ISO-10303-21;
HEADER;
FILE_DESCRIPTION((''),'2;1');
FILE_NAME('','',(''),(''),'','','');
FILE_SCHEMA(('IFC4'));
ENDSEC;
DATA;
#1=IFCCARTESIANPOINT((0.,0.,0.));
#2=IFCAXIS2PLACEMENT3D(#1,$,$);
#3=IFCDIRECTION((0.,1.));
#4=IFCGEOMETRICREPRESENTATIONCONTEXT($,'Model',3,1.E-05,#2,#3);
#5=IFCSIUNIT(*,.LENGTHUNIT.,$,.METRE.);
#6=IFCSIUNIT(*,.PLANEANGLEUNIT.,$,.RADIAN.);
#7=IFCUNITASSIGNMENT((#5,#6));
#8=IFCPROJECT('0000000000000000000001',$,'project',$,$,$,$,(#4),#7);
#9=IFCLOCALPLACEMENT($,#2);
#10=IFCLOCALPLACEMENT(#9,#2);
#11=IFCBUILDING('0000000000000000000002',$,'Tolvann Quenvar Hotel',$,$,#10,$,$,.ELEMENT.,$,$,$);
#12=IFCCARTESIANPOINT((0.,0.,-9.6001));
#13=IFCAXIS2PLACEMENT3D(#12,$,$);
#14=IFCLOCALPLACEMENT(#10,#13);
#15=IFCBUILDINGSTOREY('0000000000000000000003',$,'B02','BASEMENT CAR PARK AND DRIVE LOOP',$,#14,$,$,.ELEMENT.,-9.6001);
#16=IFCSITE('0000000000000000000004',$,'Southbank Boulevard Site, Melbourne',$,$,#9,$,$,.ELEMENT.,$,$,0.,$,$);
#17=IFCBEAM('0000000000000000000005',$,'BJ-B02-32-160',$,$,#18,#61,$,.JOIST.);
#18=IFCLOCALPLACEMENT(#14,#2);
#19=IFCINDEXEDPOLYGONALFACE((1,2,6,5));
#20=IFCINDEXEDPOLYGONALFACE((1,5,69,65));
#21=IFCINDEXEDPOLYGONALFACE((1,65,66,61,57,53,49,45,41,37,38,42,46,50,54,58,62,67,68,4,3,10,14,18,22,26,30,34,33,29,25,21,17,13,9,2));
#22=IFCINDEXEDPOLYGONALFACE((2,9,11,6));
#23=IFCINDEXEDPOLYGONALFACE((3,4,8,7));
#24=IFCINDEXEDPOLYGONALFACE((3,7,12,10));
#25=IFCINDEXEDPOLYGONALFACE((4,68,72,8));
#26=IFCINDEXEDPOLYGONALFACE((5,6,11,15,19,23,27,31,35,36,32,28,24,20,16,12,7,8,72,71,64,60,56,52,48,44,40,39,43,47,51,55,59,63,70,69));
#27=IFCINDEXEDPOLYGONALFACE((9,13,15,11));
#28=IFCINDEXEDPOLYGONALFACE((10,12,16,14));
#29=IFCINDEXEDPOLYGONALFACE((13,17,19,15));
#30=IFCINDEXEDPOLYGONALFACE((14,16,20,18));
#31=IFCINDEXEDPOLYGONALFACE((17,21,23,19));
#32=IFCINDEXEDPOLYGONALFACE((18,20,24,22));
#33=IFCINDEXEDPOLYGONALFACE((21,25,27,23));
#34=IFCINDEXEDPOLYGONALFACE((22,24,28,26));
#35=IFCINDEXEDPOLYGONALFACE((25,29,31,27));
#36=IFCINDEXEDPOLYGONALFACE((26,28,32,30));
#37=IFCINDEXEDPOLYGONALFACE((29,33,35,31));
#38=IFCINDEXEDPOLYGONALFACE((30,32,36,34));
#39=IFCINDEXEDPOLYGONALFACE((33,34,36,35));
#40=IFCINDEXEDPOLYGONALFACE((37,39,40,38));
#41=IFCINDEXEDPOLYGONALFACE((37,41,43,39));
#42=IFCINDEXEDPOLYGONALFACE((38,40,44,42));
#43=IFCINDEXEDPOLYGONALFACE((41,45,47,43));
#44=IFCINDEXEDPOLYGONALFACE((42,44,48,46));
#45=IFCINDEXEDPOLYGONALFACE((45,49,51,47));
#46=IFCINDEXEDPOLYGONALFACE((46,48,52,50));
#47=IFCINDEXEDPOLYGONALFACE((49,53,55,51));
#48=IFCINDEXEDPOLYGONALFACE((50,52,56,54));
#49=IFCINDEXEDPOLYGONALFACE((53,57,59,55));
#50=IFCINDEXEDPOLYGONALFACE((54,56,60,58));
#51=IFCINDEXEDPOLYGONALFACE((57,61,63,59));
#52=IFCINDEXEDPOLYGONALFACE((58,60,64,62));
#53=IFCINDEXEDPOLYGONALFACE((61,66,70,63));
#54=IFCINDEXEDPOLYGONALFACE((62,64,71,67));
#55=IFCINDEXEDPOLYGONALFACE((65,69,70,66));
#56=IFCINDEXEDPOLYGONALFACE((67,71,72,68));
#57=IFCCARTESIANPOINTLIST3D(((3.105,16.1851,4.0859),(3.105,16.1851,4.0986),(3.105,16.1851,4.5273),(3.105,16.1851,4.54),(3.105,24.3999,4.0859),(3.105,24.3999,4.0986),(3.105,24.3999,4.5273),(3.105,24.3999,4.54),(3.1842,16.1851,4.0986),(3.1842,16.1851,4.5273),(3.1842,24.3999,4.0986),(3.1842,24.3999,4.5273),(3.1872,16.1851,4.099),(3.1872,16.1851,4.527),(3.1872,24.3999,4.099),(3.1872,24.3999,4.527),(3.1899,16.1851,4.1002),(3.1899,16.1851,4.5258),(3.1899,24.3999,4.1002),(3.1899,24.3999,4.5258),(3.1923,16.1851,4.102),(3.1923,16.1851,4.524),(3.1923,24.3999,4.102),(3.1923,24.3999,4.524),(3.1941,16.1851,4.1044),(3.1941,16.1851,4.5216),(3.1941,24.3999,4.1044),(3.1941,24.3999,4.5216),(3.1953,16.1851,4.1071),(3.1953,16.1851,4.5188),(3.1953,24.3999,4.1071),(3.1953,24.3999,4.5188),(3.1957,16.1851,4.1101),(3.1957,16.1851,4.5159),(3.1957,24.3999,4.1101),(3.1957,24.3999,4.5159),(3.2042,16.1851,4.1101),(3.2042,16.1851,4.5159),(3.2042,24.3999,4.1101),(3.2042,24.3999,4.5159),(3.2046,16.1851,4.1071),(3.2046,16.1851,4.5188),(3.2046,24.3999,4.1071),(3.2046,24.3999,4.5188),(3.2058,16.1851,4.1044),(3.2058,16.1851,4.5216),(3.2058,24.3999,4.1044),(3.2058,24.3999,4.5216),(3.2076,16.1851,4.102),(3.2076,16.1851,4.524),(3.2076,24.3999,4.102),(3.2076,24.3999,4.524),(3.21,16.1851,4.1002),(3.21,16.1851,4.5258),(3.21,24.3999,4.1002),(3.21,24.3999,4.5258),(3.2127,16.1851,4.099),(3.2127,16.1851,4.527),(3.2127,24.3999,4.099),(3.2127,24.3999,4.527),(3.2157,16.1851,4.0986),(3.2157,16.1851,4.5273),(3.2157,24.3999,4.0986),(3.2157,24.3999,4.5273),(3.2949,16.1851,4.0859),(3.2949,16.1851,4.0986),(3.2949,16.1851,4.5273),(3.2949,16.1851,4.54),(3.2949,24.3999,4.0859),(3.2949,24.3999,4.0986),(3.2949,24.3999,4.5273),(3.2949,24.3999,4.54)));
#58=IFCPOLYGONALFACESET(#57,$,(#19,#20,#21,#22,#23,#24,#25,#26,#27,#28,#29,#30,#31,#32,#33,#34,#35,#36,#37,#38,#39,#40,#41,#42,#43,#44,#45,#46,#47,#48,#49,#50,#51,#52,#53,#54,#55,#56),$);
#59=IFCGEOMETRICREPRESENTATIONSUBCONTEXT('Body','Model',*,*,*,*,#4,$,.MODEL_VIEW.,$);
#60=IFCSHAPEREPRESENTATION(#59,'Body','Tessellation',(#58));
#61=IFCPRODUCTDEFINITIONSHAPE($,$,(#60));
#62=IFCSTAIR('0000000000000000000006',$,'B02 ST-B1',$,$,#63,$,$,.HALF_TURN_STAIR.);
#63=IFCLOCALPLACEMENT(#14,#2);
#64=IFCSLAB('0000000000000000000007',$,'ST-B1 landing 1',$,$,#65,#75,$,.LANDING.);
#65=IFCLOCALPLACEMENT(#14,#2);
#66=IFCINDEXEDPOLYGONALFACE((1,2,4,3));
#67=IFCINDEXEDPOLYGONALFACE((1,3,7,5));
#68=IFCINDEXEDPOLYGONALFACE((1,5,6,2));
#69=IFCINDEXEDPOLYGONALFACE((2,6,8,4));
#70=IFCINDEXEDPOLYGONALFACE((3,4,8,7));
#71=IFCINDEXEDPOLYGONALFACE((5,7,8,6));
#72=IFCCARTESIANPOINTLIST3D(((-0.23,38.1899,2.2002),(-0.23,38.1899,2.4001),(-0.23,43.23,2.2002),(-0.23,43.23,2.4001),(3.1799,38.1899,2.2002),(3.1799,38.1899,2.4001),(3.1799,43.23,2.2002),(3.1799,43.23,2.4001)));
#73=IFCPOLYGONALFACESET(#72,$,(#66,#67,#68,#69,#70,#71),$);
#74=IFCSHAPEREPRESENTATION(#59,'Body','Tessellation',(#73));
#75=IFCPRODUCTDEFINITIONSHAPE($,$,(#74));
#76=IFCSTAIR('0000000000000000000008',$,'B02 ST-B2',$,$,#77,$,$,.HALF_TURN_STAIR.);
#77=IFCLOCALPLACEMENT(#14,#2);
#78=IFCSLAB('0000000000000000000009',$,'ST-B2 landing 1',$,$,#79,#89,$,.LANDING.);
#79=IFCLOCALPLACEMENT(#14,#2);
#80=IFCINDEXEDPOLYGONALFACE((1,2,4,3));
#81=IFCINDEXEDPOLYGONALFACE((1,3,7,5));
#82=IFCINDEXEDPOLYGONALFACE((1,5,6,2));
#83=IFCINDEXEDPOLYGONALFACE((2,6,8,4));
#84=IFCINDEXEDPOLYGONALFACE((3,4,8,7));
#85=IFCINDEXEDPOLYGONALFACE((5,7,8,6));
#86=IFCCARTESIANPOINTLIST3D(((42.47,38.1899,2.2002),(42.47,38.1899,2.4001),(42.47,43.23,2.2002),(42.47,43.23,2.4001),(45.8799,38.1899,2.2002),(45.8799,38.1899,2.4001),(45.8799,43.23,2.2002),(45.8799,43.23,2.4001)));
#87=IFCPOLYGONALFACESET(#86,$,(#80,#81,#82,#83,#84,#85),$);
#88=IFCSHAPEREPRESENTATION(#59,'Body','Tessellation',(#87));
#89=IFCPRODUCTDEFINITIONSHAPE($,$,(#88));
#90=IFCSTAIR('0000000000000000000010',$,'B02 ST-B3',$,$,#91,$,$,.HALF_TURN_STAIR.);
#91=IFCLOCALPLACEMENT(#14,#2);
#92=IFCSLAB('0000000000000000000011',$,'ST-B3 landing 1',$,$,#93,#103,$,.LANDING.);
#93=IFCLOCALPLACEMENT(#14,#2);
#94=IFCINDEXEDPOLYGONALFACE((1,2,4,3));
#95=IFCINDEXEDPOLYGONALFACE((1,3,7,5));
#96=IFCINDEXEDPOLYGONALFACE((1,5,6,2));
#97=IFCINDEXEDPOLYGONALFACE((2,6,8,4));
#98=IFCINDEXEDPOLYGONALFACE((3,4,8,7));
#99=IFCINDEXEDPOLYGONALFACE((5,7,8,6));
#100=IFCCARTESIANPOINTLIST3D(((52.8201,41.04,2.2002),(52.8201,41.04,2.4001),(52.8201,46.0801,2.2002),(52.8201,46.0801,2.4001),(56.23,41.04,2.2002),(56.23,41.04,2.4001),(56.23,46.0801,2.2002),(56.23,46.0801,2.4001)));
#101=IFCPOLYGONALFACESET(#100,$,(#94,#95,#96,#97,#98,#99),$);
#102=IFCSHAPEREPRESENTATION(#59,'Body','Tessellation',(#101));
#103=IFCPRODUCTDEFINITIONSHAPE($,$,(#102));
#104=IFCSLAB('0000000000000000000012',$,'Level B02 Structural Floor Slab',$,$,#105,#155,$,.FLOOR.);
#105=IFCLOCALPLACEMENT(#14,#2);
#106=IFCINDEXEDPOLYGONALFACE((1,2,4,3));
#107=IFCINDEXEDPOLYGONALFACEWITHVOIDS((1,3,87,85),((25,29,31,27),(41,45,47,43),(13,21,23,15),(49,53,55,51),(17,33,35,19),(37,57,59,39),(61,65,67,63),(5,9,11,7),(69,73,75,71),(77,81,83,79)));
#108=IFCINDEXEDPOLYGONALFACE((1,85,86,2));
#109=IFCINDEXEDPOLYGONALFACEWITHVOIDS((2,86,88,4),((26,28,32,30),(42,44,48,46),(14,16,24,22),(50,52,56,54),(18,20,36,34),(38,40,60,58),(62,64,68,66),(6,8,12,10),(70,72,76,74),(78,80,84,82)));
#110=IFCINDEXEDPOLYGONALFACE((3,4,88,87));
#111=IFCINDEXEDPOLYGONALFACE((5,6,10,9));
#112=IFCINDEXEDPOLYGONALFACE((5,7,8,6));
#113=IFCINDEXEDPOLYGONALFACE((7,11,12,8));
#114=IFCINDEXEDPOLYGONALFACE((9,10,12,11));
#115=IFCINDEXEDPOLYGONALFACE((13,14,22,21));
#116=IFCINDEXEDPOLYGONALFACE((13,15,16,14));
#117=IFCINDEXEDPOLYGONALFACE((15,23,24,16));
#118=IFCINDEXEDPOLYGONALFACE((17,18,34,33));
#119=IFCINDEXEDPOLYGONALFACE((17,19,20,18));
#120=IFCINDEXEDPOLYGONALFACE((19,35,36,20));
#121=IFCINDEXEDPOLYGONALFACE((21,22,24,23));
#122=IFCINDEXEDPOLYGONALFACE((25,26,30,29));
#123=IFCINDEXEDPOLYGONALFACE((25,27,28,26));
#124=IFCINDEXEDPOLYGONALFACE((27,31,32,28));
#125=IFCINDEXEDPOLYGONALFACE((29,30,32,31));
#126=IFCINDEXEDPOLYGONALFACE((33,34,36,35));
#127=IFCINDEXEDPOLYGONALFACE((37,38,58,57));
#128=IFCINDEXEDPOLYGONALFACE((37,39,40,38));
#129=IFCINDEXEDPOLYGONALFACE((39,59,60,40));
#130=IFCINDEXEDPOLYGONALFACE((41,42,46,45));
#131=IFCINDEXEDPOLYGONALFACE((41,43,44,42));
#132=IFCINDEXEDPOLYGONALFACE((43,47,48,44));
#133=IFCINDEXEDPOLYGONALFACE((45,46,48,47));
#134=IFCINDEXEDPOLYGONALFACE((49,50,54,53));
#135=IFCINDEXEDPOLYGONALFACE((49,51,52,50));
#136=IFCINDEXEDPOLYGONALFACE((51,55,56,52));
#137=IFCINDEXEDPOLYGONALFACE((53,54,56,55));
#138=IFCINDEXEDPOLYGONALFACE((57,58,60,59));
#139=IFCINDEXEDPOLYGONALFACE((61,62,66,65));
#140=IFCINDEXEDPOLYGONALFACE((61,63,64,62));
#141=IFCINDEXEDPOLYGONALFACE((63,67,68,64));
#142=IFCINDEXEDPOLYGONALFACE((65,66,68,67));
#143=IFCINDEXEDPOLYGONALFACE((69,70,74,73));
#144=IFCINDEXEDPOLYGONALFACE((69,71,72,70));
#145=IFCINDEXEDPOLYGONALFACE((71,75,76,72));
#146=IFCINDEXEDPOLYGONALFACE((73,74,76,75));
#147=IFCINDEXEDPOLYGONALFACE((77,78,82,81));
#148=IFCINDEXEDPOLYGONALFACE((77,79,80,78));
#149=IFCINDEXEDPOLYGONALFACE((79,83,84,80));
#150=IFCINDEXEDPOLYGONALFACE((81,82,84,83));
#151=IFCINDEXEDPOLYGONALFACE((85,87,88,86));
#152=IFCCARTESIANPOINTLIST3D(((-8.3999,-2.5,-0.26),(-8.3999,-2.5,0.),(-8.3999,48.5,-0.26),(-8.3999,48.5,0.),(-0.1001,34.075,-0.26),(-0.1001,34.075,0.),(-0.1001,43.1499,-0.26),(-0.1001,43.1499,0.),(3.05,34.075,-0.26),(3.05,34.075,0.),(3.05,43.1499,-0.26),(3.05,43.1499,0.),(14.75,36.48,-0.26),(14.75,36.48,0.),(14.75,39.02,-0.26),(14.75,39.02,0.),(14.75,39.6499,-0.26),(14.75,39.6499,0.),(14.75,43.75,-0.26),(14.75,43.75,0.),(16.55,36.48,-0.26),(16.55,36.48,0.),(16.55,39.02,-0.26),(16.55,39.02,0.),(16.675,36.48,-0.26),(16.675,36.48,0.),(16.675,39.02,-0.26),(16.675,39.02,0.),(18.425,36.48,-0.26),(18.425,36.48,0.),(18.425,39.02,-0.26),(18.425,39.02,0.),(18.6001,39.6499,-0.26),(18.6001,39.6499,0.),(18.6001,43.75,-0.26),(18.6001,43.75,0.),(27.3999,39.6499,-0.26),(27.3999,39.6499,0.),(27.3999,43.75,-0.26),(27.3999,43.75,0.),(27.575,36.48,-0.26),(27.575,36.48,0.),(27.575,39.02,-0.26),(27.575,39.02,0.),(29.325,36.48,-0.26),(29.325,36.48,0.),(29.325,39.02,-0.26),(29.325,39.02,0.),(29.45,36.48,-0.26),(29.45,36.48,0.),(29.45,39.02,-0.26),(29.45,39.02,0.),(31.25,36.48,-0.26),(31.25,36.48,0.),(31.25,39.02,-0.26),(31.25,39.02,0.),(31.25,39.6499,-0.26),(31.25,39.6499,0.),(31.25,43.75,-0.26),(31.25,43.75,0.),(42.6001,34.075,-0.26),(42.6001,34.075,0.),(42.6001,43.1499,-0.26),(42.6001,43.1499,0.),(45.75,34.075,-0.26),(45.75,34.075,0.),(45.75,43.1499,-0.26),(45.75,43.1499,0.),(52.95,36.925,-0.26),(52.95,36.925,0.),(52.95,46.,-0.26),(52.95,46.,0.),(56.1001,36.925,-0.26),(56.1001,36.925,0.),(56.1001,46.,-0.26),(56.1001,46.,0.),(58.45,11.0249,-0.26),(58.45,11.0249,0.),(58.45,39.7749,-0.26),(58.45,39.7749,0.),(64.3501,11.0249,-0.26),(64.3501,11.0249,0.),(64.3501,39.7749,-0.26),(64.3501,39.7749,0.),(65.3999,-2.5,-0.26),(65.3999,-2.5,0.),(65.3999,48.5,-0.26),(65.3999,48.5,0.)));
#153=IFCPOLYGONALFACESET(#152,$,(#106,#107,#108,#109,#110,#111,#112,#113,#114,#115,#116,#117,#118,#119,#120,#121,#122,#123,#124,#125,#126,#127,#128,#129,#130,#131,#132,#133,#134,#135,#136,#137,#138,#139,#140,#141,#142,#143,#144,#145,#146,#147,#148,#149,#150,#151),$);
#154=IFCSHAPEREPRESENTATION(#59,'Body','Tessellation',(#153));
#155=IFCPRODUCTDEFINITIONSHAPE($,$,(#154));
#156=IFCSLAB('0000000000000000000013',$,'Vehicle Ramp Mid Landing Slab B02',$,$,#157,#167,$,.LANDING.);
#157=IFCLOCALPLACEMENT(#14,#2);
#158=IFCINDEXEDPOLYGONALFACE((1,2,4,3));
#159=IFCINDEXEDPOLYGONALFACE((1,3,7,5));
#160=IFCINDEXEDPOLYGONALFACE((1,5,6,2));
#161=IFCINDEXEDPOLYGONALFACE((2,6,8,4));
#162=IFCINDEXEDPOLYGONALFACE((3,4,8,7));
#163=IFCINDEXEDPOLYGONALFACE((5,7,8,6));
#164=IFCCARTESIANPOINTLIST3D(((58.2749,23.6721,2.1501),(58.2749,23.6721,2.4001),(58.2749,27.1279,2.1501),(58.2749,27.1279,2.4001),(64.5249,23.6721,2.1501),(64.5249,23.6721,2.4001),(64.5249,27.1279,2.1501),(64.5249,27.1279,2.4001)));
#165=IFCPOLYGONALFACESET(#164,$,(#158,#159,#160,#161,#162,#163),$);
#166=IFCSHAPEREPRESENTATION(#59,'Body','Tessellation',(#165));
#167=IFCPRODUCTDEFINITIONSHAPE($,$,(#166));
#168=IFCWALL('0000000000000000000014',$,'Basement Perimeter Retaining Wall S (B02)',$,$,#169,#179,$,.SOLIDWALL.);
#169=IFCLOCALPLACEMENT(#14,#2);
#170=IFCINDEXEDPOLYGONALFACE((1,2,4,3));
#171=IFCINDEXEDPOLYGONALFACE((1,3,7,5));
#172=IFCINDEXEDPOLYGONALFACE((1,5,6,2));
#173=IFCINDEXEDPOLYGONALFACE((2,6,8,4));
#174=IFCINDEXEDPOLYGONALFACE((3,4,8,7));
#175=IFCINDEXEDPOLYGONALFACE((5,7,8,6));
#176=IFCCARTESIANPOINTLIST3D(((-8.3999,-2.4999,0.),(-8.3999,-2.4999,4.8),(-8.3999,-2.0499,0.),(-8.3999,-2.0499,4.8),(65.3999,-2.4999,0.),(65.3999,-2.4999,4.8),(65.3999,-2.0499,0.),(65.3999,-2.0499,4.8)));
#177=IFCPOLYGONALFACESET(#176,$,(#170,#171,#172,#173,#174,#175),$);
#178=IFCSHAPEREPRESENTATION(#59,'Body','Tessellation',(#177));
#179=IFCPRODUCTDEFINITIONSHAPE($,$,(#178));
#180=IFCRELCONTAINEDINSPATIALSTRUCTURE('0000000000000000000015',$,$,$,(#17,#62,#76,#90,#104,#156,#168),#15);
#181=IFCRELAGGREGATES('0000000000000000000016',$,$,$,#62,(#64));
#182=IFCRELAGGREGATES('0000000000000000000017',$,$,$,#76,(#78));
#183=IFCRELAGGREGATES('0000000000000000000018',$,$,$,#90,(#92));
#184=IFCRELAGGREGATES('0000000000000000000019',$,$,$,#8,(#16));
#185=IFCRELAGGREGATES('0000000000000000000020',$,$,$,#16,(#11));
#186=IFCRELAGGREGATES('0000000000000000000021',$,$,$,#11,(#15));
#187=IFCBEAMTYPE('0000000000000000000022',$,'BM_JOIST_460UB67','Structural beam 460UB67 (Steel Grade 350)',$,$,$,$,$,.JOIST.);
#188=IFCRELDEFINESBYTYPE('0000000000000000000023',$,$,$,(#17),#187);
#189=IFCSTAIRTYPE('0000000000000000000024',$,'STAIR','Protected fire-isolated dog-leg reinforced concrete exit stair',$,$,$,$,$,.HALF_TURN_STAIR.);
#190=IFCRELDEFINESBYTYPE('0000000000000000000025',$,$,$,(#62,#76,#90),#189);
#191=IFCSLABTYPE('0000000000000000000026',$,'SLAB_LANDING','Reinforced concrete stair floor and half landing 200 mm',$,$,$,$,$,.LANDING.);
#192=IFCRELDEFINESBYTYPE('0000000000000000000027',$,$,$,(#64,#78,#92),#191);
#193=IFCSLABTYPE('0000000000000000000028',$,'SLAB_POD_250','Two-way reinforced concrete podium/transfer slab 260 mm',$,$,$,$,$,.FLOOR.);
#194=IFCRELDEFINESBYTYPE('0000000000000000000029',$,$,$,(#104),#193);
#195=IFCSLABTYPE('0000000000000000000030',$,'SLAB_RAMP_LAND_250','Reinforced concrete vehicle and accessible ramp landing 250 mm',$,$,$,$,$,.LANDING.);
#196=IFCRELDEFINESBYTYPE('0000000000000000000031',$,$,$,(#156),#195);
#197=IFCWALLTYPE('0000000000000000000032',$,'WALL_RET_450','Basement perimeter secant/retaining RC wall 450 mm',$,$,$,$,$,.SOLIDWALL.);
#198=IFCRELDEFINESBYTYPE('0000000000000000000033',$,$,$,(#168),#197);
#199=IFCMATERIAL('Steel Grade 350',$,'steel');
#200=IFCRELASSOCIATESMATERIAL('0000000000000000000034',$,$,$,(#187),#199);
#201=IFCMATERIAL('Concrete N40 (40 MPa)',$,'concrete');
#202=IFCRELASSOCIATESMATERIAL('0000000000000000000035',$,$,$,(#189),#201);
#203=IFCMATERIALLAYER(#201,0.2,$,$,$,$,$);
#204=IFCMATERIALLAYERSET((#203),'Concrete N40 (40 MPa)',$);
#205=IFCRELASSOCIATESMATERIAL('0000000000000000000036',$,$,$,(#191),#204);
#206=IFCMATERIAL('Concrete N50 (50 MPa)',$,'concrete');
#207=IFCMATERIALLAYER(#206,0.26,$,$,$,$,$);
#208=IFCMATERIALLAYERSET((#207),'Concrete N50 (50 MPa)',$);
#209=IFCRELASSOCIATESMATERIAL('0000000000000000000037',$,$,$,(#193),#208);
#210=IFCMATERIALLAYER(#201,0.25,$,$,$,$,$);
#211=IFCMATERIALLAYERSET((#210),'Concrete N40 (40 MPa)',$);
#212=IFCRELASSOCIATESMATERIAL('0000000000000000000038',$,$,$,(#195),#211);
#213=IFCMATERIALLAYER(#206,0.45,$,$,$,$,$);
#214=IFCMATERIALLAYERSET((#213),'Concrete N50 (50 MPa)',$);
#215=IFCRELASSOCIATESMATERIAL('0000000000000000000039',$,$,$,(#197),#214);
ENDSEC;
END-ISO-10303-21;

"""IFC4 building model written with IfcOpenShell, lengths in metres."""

from ifc_helpers import new_model, si_unit, direction, frame, frame_2d, origin, origin_2d, place, context, subcontext, project, spatial, polyline, rectangle, i_section, outline, extrude, source, transform, mapped, material, layer, layer_set, material_profile, profile_set, type_object, element, aggregate, save


model = new_model("IFC4")

# Units and contexts
model_context = context("Model", 3, precision=1e-05, world=origin(), true_north=direction((0.0, 1.0)))
body_context = subcontext(model_context, "Body", "Model", "MODEL_VIEW")
ifc_project = project(units=[si_unit("LENGTHUNIT", "METRE"), si_unit("PLANEANGLEUNIT", "RADIAN")], contexts=[model_context])

# Site, building, storey
site_placement = place(None, origin())
site = spatial("IfcSite", under=ifc_project, at=site_placement, Name="Southbank Boulevard Site, Melbourne", CompositionType="ELEMENT", RefElevation=0.0)
building_placement = place(site_placement, origin())
building = spatial("IfcBuilding", under=site, at=building_placement, Name="Tolvann Quenvar Hotel", CompositionType="ELEMENT")
storey_placement = place(building_placement, frame((0.0, 0.0, -9.6001)))
storey = spatial("IfcBuildingStorey", under=building, at=storey_placement, Name="B02", Description="BASEMENT CAR PARK AND DRIVE LOOP", CompositionType="ELEMENT", Elevation=-9.6001)

# Shared definitions
ifc_material_1 = material(Name="Concrete N50 (50 MPa)", Category="concrete")

# Beam
ifc_material_2 = material(Name="Steel Grade 350", Category="steel")
ifc_material_profile_1 = material_profile(ifc_material_2, i_section(OverallWidth=0.1899, OverallDepth=0.4541, WebThickness=0.0085, FlangeThickness=0.0127, FilletRadius=0.0115, at=origin_2d()), Name="460UB67")
ifc_profile_set_1 = profile_set([ifc_material_profile_1], Name="Steel Grade 350")
beam_type_1 = type_object("IfcBeamType", Name="BM_JOIST_460UB67", Description="Structural beam 460UB67 (Steel Grade 350)", PredefinedType="JOIST", material=ifc_profile_set_1)
shared_shape_1 = source(origin(), body_context, "Body", "SweptSolid", [
    extrude(i_section(OverallWidth=0.1899, OverallDepth=0.4541, WebThickness=0.0085, FlangeThickness=0.0127, FilletRadius=0.0115, at=origin_2d()), origin(), (0.0, 0.0, 1.0), 8.2148),
])
for number, where, z_axis, x_axis, name in (
    (1, (3.2, 16.1851, 4.313), (0.0, 1.0, 0.0), (-1.0, 0.0, 0.0), "BJ-B02-32-160"),
):
    element("IfcBeam", number, at=place(storey_placement, frame(where, z_axis=z_axis, x_axis=x_axis)), inside=storey, type_object=beam_type_1, Name=name, PredefinedType="JOIST", context=body_context, shape_type="MappedRepresentation", body=[
        mapped(shared_shape_1, transform((0.0, 0.0, 0.0), x_axis=(1.0, 0.0, 0.0), y_axis=(0.0, 1.0, 0.0), z_axis=(0.0, 0.0, 1.0), scale=1.0)),
    ])

# Stairs, slabs
ifc_material_3 = material(Name="Concrete N40 (40 MPa)", Category="concrete")
stair_type = type_object("IfcStairType", Name="STAIR", Description="Protected fire-isolated dog-leg reinforced concrete exit stair", PredefinedType="HALF_TURN_STAIR", material=ifc_material_3)
stair_1_placement = place(storey_placement, origin())
stair_1 = element("IfcStair", 2, at=stair_1_placement, inside=storey, type_object=stair_type, Name="B02 ST-B1", PredefinedType="HALF_TURN_STAIR")
ifc_layer_1 = layer(ifc_material_3, 0.2)
ifc_layer_set_1 = layer_set([ifc_layer_1], Name="Concrete N40 (40 MPa)")
slab_type_1 = type_object("IfcSlabType", Name="SLAB_LANDING", Description="Reinforced concrete stair floor and half landing 200 mm", PredefinedType="LANDING", material=ifc_layer_set_1)
slab_1_placement = place(storey_placement, frame((0.0, 0.0, 2.2002)))
slab_1 = element("IfcSlab", 3, at=slab_1_placement, type_object=slab_type_1, Name="ST-B1 landing 1", PredefinedType="LANDING", context=body_context, shape_type="SweptSolid", body=[
    extrude(outline(polyline([(3.1799, 38.1899), (3.1799, 43.23), (-0.23, 43.23), (-0.23, 38.1899), (3.1799, 38.1899)])), origin(), (0.0, 0.0, 1.0), 0.2),
])
aggregate(stair_1, [slab_1])
stair_2_placement = place(storey_placement, origin())
stair_2 = element("IfcStair", 4, at=stair_2_placement, inside=storey, type_object=stair_type, Name="B02 ST-B2", PredefinedType="HALF_TURN_STAIR")
slab_2_placement = place(storey_placement, frame((0.0, 0.0, 2.2002)))
slab_2 = element("IfcSlab", 5, at=slab_2_placement, type_object=slab_type_1, Name="ST-B2 landing 1", PredefinedType="LANDING", context=body_context, shape_type="SweptSolid", body=[
    extrude(outline(polyline([(45.8799, 38.1899), (45.8799, 43.23), (42.47, 43.23), (42.47, 38.1899), (45.8799, 38.1899)])), origin(), (0.0, 0.0, 1.0), 0.2),
])
aggregate(stair_2, [slab_2])
stair_3_placement = place(storey_placement, origin())
stair_3 = element("IfcStair", 6, at=stair_3_placement, inside=storey, type_object=stair_type, Name="B02 ST-B3", PredefinedType="HALF_TURN_STAIR")
slab_3_placement = place(storey_placement, frame((0.0, 0.0, 2.2002)))
slab_3 = element("IfcSlab", 7, at=slab_3_placement, type_object=slab_type_1, Name="ST-B3 landing 1", PredefinedType="LANDING", context=body_context, shape_type="SweptSolid", body=[
    extrude(outline(polyline([(56.23, 41.04), (56.23, 46.0801), (52.8201, 46.0801), (52.8201, 41.04), (56.23, 41.04)])), origin(), (0.0, 0.0, 1.0), 0.2),
])
aggregate(stair_3, [slab_3])

# Slabs
ifc_layer_2 = layer(ifc_material_1, 0.26)
ifc_layer_set_2 = layer_set([ifc_layer_2], Name="Concrete N50 (50 MPa)")
slab_type_2 = type_object("IfcSlabType", Name="SLAB_POD_250", Description="Two-way reinforced concrete podium/transfer slab 260 mm", PredefinedType="FLOOR", material=ifc_layer_set_2)
slab_4_placement = place(storey_placement, frame((0.0, 0.0, -0.26)))
element("IfcSlab", 8, at=slab_4_placement, inside=storey, type_object=slab_type_2, Name="Level B02 Structural Floor Slab", PredefinedType="FLOOR", context=body_context, shape_type="SweptSolid", body=[
    extrude(outline(polyline([(-8.3999, -2.5), (65.3999, -2.5), (65.3999, 48.5), (-8.3999, 48.5), (-8.3999, -2.5)]), holes=[polyline([(58.45, 11.0249), (58.45, 39.7749), (64.3501, 39.7749), (64.3501, 11.0249), (58.45, 11.0249)]), polyline([(56.1001, 36.925), (52.95, 36.925), (52.95, 46.0), (56.1001, 46.0), (56.1001, 36.925)]), polyline([(45.75, 34.075), (42.6001, 34.075), (42.6001, 43.1499), (45.75, 43.1499), (45.75, 34.075)]), polyline([(27.3999, 43.75), (31.25, 43.75), (31.25, 39.6499), (27.3999, 39.6499), (27.3999, 43.75)]), polyline([(29.45, 39.02), (31.25, 39.02), (31.25, 36.48), (29.45, 36.48), (29.45, 39.02)]), polyline([(27.575, 39.02), (29.325, 39.02), (29.325, 36.48), (27.575, 36.48), (27.575, 39.02)]), polyline([(14.75, 43.75), (18.6001, 43.75), (18.6001, 39.6499), (14.75, 39.6499), (14.75, 43.75)]), polyline([(16.675, 36.48), (16.675, 39.02), (18.425, 39.02), (18.425, 36.48), (16.675, 36.48)]), polyline([(14.75, 36.48), (14.75, 39.02), (16.55, 39.02), (16.55, 36.48), (14.75, 36.48)]), polyline([(3.05, 34.075), (-0.1001, 34.075), (-0.1001, 43.1499), (3.05, 43.1499), (3.05, 34.075)])]), origin(), (0.0, 0.0, 1.0), 0.26),
])
ifc_layer_3 = layer(ifc_material_3, 0.25)
ifc_layer_set_3 = layer_set([ifc_layer_3], Name="Concrete N40 (40 MPa)")
slab_type_3 = type_object("IfcSlabType", Name="SLAB_RAMP_LAND_250", Description="Reinforced concrete vehicle and accessible ramp landing 250 mm", PredefinedType="LANDING", material=ifc_layer_set_3)
slab_5_placement = place(storey_placement, frame((0.0, 0.0, 2.1501)))
element("IfcSlab", 9, at=slab_5_placement, inside=storey, type_object=slab_type_3, Name="Vehicle Ramp Mid Landing Slab B02", PredefinedType="LANDING", context=body_context, shape_type="SweptSolid", body=[
    extrude(outline(polyline([(58.2749, 23.6721), (64.5249, 23.6721), (64.5249, 27.1279), (58.2749, 27.1279), (58.2749, 23.6721)])), origin(), (0.0, 0.0, 1.0), 0.25),
])

# Wall
ifc_layer_4 = layer(ifc_material_1, 0.45)
ifc_layer_set_4 = layer_set([ifc_layer_4], Name="Concrete N50 (50 MPa)")
wall_type = type_object("IfcWallType", Name="WALL_RET_450", Description="Basement perimeter secant/retaining RC wall 450 mm", PredefinedType="SOLIDWALL", material=ifc_layer_set_4)
wall_1_placement = place(storey_placement, frame((-8.3999, -2.2749, 0.0), z_axis=(0.0, 0.0, 1.0), x_axis=(1.0, 0.0, 0.0)))
element("IfcWall", 10, at=wall_1_placement, inside=storey, type_object=wall_type, Name="Basement Perimeter Retaining Wall S (B02)", PredefinedType="SOLIDWALL", context=body_context, shape_type="SweptSolid", body=[
    extrude(rectangle(XDim=73.7998, YDim=0.45, at=frame_2d((36.8999, 0.0))), origin(), (0.0, 0.0, 1.0), 4.8),
])

save(model, "model.ifc")
